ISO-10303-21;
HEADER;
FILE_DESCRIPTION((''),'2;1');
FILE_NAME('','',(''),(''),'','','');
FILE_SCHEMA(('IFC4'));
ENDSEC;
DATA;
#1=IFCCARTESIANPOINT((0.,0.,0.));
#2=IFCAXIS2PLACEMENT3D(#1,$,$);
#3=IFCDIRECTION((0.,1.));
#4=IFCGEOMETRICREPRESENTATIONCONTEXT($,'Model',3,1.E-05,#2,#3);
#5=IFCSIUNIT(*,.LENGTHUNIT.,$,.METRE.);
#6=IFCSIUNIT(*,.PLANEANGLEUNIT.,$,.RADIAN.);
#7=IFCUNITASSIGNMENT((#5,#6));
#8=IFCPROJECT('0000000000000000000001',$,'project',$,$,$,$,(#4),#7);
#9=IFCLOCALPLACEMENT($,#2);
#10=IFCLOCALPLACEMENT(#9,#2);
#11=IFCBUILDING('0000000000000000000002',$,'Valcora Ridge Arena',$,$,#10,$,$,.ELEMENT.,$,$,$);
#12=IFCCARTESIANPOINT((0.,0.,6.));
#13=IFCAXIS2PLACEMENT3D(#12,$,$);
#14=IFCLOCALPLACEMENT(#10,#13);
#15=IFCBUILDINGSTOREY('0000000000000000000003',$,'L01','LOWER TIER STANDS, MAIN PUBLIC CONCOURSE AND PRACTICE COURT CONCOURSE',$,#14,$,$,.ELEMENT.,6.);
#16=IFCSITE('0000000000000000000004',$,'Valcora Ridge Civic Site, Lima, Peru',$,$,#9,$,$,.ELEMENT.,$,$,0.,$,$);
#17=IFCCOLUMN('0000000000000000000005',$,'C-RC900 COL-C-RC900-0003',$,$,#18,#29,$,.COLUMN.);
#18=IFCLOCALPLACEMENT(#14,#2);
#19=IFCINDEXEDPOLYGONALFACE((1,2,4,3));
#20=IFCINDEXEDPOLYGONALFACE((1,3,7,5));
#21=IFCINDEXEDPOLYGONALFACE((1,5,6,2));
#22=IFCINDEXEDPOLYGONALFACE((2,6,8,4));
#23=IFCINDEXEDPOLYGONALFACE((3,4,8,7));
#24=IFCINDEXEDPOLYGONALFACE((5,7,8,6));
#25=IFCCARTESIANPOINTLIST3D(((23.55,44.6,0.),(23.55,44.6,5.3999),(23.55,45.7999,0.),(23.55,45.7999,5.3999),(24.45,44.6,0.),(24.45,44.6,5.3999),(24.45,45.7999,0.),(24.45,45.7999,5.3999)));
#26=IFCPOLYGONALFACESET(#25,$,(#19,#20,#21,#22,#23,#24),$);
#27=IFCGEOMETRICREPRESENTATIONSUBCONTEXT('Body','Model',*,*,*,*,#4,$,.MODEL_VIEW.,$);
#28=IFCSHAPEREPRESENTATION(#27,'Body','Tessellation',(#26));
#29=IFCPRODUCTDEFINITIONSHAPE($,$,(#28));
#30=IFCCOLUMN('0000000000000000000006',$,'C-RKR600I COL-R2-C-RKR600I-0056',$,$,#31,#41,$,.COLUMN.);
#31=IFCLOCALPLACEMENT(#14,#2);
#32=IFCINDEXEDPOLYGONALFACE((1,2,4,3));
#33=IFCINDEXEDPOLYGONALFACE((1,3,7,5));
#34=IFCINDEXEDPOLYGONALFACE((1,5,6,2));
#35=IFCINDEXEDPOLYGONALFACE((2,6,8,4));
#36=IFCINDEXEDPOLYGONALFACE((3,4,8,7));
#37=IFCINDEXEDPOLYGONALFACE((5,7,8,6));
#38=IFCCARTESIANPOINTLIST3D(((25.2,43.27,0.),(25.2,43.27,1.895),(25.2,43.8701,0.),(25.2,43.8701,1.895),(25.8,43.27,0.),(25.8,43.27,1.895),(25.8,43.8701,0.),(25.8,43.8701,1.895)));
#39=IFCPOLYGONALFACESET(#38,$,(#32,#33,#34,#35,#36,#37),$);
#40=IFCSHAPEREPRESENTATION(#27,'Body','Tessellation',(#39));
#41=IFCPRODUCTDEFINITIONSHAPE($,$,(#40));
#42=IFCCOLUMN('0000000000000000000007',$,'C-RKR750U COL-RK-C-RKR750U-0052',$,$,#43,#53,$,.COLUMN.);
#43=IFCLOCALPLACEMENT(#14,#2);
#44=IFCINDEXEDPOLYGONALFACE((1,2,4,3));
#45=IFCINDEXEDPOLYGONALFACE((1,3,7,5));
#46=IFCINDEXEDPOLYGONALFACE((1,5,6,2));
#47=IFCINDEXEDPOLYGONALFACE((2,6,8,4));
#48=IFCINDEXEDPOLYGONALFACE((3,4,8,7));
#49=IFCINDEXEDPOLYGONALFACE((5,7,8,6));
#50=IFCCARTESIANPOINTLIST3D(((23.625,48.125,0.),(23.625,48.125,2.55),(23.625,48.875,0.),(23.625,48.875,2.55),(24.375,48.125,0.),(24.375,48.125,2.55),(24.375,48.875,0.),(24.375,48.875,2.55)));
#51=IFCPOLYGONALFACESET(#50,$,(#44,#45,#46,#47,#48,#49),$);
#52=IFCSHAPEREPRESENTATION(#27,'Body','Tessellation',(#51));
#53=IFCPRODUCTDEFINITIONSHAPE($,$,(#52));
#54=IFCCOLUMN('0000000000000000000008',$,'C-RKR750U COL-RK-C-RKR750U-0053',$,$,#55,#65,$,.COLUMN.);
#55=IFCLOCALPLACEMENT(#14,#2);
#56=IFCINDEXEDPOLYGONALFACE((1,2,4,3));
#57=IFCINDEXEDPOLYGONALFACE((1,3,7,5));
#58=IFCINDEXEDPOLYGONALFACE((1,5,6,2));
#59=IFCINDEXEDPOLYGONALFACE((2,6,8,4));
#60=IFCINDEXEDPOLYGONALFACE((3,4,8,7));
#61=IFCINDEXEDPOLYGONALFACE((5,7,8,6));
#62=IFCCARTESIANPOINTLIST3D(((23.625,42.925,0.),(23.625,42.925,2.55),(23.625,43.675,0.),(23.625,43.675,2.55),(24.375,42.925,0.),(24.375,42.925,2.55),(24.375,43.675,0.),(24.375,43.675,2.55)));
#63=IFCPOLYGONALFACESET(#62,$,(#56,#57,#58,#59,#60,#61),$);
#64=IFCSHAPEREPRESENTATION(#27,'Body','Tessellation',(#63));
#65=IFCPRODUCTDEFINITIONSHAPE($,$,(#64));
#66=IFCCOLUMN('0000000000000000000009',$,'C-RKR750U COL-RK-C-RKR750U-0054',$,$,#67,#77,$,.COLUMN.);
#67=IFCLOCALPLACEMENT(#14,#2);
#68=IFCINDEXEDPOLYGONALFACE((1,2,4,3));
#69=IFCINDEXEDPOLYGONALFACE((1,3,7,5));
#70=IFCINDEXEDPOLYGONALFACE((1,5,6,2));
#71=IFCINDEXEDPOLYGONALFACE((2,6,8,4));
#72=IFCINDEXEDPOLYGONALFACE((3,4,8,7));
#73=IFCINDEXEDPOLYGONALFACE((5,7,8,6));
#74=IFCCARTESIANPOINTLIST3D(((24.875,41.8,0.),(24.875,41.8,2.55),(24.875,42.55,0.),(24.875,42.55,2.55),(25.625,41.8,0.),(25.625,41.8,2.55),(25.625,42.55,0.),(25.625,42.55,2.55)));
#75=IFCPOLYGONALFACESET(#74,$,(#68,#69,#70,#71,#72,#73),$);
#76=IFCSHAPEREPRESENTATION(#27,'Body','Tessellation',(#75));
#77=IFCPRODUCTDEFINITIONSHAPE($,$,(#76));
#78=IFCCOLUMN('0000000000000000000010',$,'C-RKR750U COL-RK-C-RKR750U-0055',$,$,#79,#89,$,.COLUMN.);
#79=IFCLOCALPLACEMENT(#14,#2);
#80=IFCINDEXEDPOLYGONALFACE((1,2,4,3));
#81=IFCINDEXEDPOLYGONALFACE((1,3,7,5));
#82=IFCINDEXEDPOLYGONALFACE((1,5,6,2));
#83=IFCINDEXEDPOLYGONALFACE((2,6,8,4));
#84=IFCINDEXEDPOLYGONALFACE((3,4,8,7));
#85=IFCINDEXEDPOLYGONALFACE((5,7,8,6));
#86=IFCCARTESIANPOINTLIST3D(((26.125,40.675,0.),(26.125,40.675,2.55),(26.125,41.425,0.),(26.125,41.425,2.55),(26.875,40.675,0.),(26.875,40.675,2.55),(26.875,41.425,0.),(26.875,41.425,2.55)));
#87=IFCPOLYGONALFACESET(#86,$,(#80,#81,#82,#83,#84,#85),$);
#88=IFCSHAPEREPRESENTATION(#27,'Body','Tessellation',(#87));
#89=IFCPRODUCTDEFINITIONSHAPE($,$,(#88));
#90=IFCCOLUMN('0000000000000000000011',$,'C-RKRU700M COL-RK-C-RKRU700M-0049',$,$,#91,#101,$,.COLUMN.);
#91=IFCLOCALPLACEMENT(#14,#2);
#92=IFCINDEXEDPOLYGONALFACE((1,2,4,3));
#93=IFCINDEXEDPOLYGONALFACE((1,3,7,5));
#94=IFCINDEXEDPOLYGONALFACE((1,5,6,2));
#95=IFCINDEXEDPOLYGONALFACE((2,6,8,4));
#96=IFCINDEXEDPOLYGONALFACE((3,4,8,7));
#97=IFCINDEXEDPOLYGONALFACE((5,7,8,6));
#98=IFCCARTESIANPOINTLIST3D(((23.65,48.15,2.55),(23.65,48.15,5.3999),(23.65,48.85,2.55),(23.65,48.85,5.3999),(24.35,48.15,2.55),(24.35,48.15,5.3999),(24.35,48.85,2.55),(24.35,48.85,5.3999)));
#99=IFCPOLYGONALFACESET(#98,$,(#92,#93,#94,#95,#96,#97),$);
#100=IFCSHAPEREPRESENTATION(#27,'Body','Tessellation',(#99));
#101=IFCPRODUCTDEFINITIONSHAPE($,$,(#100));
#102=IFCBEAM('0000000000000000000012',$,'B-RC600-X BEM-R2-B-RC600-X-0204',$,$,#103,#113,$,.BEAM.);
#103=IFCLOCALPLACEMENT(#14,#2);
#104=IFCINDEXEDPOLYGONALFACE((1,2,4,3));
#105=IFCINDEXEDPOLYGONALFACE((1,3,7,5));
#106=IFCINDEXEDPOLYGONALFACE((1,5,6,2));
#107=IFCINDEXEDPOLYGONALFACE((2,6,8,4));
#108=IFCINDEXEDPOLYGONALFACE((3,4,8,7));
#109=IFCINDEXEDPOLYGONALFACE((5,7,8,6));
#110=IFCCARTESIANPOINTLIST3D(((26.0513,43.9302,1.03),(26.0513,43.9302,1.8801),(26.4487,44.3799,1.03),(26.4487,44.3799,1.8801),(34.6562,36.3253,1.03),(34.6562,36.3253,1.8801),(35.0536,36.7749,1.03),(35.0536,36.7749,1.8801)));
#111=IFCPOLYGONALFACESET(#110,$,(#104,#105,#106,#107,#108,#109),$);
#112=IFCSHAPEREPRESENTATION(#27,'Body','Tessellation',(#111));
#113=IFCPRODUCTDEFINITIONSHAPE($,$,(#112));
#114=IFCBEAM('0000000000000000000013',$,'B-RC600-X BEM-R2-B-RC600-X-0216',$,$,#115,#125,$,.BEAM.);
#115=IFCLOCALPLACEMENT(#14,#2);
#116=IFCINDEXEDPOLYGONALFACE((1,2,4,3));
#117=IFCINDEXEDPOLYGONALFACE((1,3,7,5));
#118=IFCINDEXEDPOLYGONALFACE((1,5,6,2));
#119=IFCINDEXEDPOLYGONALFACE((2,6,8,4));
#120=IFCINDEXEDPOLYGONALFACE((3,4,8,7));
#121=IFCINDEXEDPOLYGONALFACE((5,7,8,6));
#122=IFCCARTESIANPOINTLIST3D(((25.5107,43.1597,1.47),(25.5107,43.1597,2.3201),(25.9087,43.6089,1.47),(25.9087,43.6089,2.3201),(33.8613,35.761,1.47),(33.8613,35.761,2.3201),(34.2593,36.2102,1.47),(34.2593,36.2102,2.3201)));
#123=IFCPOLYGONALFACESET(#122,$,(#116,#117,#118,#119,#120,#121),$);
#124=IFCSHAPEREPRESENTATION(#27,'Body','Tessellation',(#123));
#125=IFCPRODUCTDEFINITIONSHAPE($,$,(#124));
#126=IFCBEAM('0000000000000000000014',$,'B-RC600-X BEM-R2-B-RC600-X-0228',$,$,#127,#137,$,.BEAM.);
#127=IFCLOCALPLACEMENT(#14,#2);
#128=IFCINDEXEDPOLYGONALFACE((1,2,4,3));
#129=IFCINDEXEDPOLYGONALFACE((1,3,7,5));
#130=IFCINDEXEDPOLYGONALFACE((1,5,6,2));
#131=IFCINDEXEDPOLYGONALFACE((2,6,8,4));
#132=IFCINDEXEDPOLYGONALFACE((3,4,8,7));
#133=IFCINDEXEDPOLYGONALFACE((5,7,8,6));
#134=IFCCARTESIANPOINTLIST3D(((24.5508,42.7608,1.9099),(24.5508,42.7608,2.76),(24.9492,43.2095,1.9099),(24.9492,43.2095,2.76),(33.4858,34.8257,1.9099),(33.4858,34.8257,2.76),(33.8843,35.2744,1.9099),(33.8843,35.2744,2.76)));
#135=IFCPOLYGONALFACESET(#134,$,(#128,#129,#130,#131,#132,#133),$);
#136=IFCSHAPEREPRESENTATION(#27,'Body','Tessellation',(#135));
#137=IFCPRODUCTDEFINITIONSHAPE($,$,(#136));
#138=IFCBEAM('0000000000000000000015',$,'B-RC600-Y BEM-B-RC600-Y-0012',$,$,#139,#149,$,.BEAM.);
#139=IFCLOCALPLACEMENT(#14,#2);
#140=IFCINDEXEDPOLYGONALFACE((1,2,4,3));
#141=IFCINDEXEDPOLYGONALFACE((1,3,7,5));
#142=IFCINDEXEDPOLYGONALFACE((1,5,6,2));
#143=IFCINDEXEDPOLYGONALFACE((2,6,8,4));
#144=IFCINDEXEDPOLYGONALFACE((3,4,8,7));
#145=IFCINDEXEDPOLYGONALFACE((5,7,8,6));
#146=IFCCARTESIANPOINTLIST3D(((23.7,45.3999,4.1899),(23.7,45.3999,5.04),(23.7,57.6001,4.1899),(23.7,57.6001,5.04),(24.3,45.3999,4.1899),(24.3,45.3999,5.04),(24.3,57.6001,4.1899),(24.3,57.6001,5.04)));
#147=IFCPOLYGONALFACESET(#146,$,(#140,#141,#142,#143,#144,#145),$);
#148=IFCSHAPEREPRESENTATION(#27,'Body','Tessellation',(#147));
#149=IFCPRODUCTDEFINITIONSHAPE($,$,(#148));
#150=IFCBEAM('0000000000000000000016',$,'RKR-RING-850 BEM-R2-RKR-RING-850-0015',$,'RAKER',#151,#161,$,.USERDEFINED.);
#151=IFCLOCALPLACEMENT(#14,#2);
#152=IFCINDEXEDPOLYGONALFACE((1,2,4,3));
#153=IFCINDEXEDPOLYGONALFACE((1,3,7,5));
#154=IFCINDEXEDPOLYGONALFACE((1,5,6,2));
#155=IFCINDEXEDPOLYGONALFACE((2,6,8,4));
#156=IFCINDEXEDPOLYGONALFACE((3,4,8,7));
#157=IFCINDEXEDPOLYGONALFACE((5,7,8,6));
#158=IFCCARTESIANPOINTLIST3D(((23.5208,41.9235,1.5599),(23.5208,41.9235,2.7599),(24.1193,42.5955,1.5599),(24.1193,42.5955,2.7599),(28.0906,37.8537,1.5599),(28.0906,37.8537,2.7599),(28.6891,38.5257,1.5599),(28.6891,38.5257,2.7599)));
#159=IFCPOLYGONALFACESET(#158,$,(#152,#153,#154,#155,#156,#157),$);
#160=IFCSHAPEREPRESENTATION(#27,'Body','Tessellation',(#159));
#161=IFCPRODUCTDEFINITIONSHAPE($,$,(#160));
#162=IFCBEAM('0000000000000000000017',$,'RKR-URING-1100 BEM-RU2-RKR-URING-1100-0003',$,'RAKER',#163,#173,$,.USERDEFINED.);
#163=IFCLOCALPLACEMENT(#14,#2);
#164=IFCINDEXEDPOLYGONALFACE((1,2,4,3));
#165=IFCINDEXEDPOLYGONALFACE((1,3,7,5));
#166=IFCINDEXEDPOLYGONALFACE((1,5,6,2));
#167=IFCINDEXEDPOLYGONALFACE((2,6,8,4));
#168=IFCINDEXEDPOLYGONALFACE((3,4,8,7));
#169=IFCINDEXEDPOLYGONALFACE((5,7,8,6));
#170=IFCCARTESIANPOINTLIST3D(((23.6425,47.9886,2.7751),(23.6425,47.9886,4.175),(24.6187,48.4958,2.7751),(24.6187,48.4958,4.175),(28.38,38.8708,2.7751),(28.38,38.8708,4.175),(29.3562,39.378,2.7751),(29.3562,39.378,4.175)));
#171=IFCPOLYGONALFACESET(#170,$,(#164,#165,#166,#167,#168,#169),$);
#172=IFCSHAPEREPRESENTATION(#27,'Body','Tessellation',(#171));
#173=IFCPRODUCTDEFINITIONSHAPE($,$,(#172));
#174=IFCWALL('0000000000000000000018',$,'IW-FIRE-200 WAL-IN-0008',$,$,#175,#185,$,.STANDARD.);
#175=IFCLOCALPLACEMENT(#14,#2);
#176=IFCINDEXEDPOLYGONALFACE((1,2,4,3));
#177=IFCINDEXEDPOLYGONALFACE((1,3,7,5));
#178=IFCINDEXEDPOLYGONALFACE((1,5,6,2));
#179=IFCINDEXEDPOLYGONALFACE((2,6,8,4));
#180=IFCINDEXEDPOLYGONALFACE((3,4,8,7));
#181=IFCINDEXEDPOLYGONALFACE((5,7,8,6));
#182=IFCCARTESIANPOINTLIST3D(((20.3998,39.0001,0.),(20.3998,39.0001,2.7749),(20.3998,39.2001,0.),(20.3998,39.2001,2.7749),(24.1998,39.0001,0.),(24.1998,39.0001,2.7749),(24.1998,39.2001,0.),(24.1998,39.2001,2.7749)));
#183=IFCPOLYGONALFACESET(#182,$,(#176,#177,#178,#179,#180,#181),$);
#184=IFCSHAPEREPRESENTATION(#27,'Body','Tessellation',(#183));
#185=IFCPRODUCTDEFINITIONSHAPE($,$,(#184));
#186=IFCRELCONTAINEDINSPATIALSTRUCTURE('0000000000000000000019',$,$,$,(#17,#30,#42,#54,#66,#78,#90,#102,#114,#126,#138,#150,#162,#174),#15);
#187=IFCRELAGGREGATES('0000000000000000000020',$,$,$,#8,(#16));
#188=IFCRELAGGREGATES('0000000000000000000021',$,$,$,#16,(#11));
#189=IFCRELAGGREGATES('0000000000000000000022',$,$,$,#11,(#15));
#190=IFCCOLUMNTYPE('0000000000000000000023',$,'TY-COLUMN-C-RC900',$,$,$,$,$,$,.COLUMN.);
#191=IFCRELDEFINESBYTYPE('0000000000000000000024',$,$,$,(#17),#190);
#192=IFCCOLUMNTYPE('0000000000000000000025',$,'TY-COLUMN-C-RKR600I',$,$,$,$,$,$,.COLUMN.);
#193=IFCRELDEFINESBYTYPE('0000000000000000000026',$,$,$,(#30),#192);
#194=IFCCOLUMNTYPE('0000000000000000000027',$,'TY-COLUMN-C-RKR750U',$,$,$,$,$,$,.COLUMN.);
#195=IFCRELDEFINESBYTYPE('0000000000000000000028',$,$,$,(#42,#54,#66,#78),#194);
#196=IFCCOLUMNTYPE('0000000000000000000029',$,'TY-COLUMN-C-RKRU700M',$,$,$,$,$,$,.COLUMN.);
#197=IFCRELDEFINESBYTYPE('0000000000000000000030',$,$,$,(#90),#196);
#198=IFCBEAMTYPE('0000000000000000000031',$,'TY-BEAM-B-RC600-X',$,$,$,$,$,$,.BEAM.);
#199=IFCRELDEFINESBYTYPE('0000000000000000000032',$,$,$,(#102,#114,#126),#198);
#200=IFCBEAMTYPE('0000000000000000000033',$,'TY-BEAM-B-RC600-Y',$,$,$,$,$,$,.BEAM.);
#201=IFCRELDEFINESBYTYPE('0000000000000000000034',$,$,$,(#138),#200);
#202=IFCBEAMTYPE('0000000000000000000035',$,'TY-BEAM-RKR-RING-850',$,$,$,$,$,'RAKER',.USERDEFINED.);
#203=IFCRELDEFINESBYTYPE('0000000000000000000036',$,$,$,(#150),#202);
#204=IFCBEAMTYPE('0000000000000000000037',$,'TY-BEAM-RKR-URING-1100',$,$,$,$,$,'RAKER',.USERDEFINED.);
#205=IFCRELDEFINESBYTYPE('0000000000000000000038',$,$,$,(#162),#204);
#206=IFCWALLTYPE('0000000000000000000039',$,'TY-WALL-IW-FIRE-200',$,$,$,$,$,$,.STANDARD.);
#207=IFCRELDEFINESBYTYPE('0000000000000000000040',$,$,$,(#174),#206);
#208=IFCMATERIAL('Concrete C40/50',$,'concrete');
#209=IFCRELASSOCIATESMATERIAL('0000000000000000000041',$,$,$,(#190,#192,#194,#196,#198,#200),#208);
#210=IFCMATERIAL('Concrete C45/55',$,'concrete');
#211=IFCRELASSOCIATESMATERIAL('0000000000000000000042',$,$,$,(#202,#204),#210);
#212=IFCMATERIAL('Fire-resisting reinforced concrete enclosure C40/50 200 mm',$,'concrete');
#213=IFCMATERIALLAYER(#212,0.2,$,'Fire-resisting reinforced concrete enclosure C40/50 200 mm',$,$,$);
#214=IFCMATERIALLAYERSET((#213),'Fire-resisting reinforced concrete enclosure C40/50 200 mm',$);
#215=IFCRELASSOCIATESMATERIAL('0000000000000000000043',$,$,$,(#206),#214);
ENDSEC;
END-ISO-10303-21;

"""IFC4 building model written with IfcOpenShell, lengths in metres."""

from ifc_helpers import new_model, si_unit, direction, frame, frame_2d, origin, origin_2d, place, context, subcontext, project, spatial, rectangle, extrude, material, layer, layer_set, material_profile, profile_set, type_object, element, save


model = new_model("IFC4")

# Units and contexts
model_context = context("Model", 3, precision=1e-05, world=origin(), true_north=direction((0.0, 1.0)))
body_context = subcontext(model_context, "Body", "Model", "MODEL_VIEW")
ifc_project = project(units=[si_unit("LENGTHUNIT", "METRE"), si_unit("PLANEANGLEUNIT", "RADIAN")], contexts=[model_context])

# Site, building, storey
site_placement = place(None, origin())
site = spatial("IfcSite", under=ifc_project, at=site_placement, Name="Valcora Ridge Civic Site, Lima, Peru", CompositionType="ELEMENT", RefElevation=0.0)
building_placement = place(site_placement, origin())
building = spatial("IfcBuilding", under=site, at=building_placement, Name="Valcora Ridge Arena", CompositionType="ELEMENT")
storey_placement = place(building_placement, frame((0.0, 0.0, 6.0)))
storey = spatial("IfcBuildingStorey", under=building, at=storey_placement, Name="L01", Description="LOWER TIER STANDS, MAIN PUBLIC CONCOURSE AND PRACTICE COURT CONCOURSE", CompositionType="ELEMENT", Elevation=6.0)

# Columns
ifc_material_1 = material(Name="Concrete C40/50", Category="concrete")
ifc_material_profile_1 = material_profile(ifc_material_1, rectangle(XDim=0.8999, YDim=1.2, at=origin_2d()), Name="RC 900x1200")
ifc_profile_set_1 = profile_set([ifc_material_profile_1], Name="Concrete C40/50")
column_type_1 = type_object("IfcColumnType", Name="TY-COLUMN-C-RC900", PredefinedType="COLUMN", material=ifc_profile_set_1)
column_1_placement = place(storey_placement, frame((24.0, 45.2, 0.0), z_axis=(0.0, 0.0, 1.0), x_axis=(1.0, 0.0, 0.0)))
element("IfcColumn", 1, at=column_1_placement, inside=storey, type_object=column_type_1, Name="C-RC900 COL-C-RC900-0003", PredefinedType="COLUMN", context=body_context, shape_type="SweptSolid", body=[
    extrude(rectangle(XDim=0.8999, YDim=1.2, at=origin_2d()), origin(), (0.0, 0.0, 1.0), 5.3999),
])
ifc_material_profile_2 = material_profile(ifc_material_1, rectangle(XDim=0.6001, YDim=0.6001, at=origin_2d()), Name="RC 600x600")
ifc_profile_set_2 = profile_set([ifc_material_profile_2], Name="Concrete C40/50")
column_type_2 = type_object("IfcColumnType", Name="TY-COLUMN-C-RKR600I", PredefinedType="COLUMN", material=ifc_profile_set_2)
column_2_placement = place(storey_placement, frame((25.5, 43.5701, 0.0), z_axis=(0.0, 0.0, 1.0), x_axis=(1.0, 0.0, 0.0)))
element("IfcColumn", 2, at=column_2_placement, inside=storey, type_object=column_type_2, Name="C-RKR600I COL-R2-C-RKR600I-0056", PredefinedType="COLUMN", context=body_context, shape_type="SweptSolid", body=[
    extrude(rectangle(XDim=0.6001, YDim=0.6001, at=origin_2d()), origin(), (0.0, 0.0, 1.0), 1.895),
])
ifc_material_profile_3 = material_profile(ifc_material_1, rectangle(XDim=0.75, YDim=0.75, at=origin_2d()), Name="RC 750x750")
ifc_profile_set_3 = profile_set([ifc_material_profile_3], Name="Concrete C40/50")
column_type_3 = type_object("IfcColumnType", Name="TY-COLUMN-C-RKR750U", PredefinedType="COLUMN", material=ifc_profile_set_3)
for number, where, z_axis, x_axis, name in (
    (3, (24.0, 48.5, 0.0), (0.0, 0.0, 1.0), (1.0, 0.0, 0.0), "C-RKR750U COL-RK-C-RKR750U-0052"),
    (4, (24.0, 43.3, 0.0), (0.0, 0.0, 1.0), (1.0, 0.0, 0.0), "C-RKR750U COL-RK-C-RKR750U-0053"),
    (5, (25.25, 42.175, 0.0), (0.0, 0.0, 1.0), (1.0, 0.0, 0.0), "C-RKR750U COL-RK-C-RKR750U-0054"),
    (6, (26.5, 41.05, 0.0), (0.0, 0.0, 1.0), (1.0, 0.0, 0.0), "C-RKR750U COL-RK-C-RKR750U-0055"),
):
    element("IfcColumn", number, at=place(storey_placement, frame(where, z_axis=z_axis, x_axis=x_axis)), inside=storey, type_object=column_type_3, Name=name, PredefinedType="COLUMN", context=body_context, shape_type="SweptSolid", body=[
        extrude(rectangle(XDim=0.75, YDim=0.75, at=origin_2d()), origin(), (0.0, 0.0, 1.0), 2.55),
    ])
ifc_material_profile_4 = material_profile(ifc_material_1, rectangle(XDim=0.7, YDim=0.7, at=origin_2d()), Name="RC 700x700")
ifc_profile_set_4 = profile_set([ifc_material_profile_4], Name="Concrete C40/50")
column_type_4 = type_object("IfcColumnType", Name="TY-COLUMN-C-RKRU700M", PredefinedType="COLUMN", material=ifc_profile_set_4)
column_3_placement = place(storey_placement, frame((24.0, 48.5, 2.55), z_axis=(0.0, 0.0, 1.0), x_axis=(1.0, 0.0, 0.0)))
element("IfcColumn", 7, at=column_3_placement, inside=storey, type_object=column_type_4, Name="C-RKRU700M COL-RK-C-RKRU700M-0049", PredefinedType="COLUMN", context=body_context, shape_type="SweptSolid", body=[
    extrude(rectangle(XDim=0.7, YDim=0.7, at=origin_2d()), origin(), (0.0, 0.0, 1.0), 2.8499),
])

# Beams
ifc_material_profile_5 = material_profile(ifc_material_1, rectangle(XDim=0.6001, YDim=0.8501, at=origin_2d()), Name="RC 600x850")
ifc_profile_set_5 = profile_set([ifc_material_profile_5], Name="Concrete C40/50")
beam_type_1 = type_object("IfcBeamType", Name="TY-BEAM-B-RC600-X", PredefinedType="BEAM", material=ifc_profile_set_5)
beam_1_placement = place(storey_placement, frame((26.25, 44.155, 1.4551), z_axis=(0.749304, -0.662226, 0.0), x_axis=(0.662226, 0.749304, 0.0)))
element("IfcBeam", 8, at=beam_1_placement, inside=storey, type_object=beam_type_1, Name="B-RC600-X BEM-R2-B-RC600-X-0204", PredefinedType="BEAM", context=body_context, shape_type="SweptSolid", body=[
    extrude(rectangle(XDim=0.6001, YDim=0.8501, at=origin_2d()), origin(), (0.0, 0.0, 1.0), 11.4839),
])
beam_2_placement = place(storey_placement, frame((25.7097, 43.3843, 1.895), z_axis=(0.748479, -0.663158, 0.0), x_axis=(0.663158, 0.748479, 0.0)))
element("IfcBeam", 9, at=beam_2_placement, inside=storey, type_object=beam_type_1, Name="B-RC600-X BEM-R2-B-RC600-X-0216", PredefinedType="BEAM", context=body_context, shape_type="SweptSolid", body=[
    extrude(rectangle(XDim=0.6001, YDim=0.8501, at=origin_2d()), origin(), (0.0, 0.0, 1.0), 11.1567),
])
beam_3_placement = place(storey_placement, frame((24.75, 42.9851, 2.335), z_axis=(0.747709, -0.664026, 0.0), x_axis=(0.664026, 0.747709, 0.0)))
element("IfcBeam", 10, at=beam_3_placement, inside=storey, type_object=beam_type_1, Name="B-RC600-X BEM-R2-B-RC600-X-0228", PredefinedType="BEAM", context=body_context, shape_type="SweptSolid", body=[
    extrude(rectangle(XDim=0.6001, YDim=0.8501, at=origin_2d()), origin(), (0.0, 0.0, 1.0), 11.95),
])
ifc_material_profile_6 = material_profile(ifc_material_1, rectangle(XDim=0.6001, YDim=0.8501, at=origin_2d()), Name="RC 600x850")
ifc_profile_set_6 = profile_set([ifc_material_profile_6], Name="Concrete C40/50")
beam_type_2 = type_object("IfcBeamType", Name="TY-BEAM-B-RC600-Y", PredefinedType="BEAM", material=ifc_profile_set_6)
beam_4_placement = place(storey_placement, frame((24.0, 45.3999, 4.615), z_axis=(0.0, 1.0, 0.0), x_axis=(-1.0, 0.0, 0.0)))
element("IfcBeam", 11, at=beam_4_placement, inside=storey, type_object=beam_type_2, Name="B-RC600-Y BEM-B-RC600-Y-0012", PredefinedType="BEAM", context=body_context, shape_type="SweptSolid", body=[
    extrude(rectangle(XDim=0.6001, YDim=0.8501, at=origin_2d()), origin(), (0.0, 0.0, 1.0), 12.2002),
])
ifc_material_2 = material(Name="Concrete C45/55", Category="concrete")
ifc_material_profile_7 = material_profile(ifc_material_2, rectangle(XDim=0.8999, YDim=1.2, at=origin_2d()), Name="RC 900x1200")
ifc_profile_set_7 = profile_set([ifc_material_profile_7], Name="Concrete C45/55")
beam_type_3 = type_object("IfcBeamType", Name="TY-BEAM-RKR-RING-850", ElementType="RAKER", PredefinedType="USERDEFINED", material=ifc_profile_set_7)
beam_5_placement = place(storey_placement, frame((23.8201, 42.2595, 2.1599), z_axis=(0.746779, -0.665072, 0.0), x_axis=(0.665072, 0.746779, 0.0)))
element("IfcBeam", 12, at=beam_5_placement, inside=storey, type_object=beam_type_3, Name="RKR-RING-850 BEM-R2-RKR-RING-850-0015", ObjectType="RAKER", PredefinedType="USERDEFINED", context=body_context, shape_type="SweptSolid", body=[
    extrude(rectangle(XDim=0.8999, YDim=1.2, at=origin_2d()), origin(), (0.0, 0.0, 1.0), 6.1194),
])
ifc_material_profile_8 = material_profile(ifc_material_2, rectangle(XDim=1.1001, YDim=1.3999, at=origin_2d()), Name="RC 1100x1400")
ifc_profile_set_8 = profile_set([ifc_material_profile_8], Name="Concrete C45/55")
beam_type_4 = type_object("IfcBeamType", Name="TY-BEAM-RKR-URING-1100", ElementType="RAKER", PredefinedType="USERDEFINED", material=ifc_profile_set_8)
beam_6_placement = place(storey_placement, frame((24.1306, 48.2422, 3.4751), z_axis=(0.461064, -0.887367, 0.0), x_axis=(0.887367, 0.461064, 0.0)))
element("IfcBeam", 13, at=beam_6_placement, inside=storey, type_object=beam_type_4, Name="RKR-URING-1100 BEM-RU2-RKR-URING-1100-0003", ObjectType="RAKER", PredefinedType="USERDEFINED", context=body_context, shape_type="SweptSolid", body=[
    extrude(rectangle(XDim=1.1001, YDim=1.3999, at=origin_2d()), origin(), (0.0, 0.0, 1.0), 10.2751),
])

# Wall
ifc_material_3 = material(Name="Fire-resisting reinforced concrete enclosure C40/50 200 mm", Category="concrete")
ifc_layer_1 = layer(ifc_material_3, 0.2, Name="Fire-resisting reinforced concrete enclosure C40/50 200 mm")
ifc_layer_set_1 = layer_set([ifc_layer_1], Name="Fire-resisting reinforced concrete enclosure C40/50 200 mm")
wall_type_1 = type_object("IfcWallType", Name="TY-WALL-IW-FIRE-200", PredefinedType="STANDARD", material=ifc_layer_set_1)
wall_1_placement = place(storey_placement, frame((20.3999, 39.1001, 0.0), z_axis=(0.0, 0.0, 1.0), x_axis=(1.0, 0.0, 0.0)))
element("IfcWall", 14, at=wall_1_placement, inside=storey, type_object=wall_type_1, Name="IW-FIRE-200 WAL-IN-0008", PredefinedType="STANDARD", context=body_context, shape_type="SweptSolid", body=[
    extrude(rectangle(XDim=3.8, YDim=0.2, at=frame_2d((1.8999, 0.0))), origin(), (0.0, 0.0, 1.0), 2.7749),
])

save(model, "model.ifc")
